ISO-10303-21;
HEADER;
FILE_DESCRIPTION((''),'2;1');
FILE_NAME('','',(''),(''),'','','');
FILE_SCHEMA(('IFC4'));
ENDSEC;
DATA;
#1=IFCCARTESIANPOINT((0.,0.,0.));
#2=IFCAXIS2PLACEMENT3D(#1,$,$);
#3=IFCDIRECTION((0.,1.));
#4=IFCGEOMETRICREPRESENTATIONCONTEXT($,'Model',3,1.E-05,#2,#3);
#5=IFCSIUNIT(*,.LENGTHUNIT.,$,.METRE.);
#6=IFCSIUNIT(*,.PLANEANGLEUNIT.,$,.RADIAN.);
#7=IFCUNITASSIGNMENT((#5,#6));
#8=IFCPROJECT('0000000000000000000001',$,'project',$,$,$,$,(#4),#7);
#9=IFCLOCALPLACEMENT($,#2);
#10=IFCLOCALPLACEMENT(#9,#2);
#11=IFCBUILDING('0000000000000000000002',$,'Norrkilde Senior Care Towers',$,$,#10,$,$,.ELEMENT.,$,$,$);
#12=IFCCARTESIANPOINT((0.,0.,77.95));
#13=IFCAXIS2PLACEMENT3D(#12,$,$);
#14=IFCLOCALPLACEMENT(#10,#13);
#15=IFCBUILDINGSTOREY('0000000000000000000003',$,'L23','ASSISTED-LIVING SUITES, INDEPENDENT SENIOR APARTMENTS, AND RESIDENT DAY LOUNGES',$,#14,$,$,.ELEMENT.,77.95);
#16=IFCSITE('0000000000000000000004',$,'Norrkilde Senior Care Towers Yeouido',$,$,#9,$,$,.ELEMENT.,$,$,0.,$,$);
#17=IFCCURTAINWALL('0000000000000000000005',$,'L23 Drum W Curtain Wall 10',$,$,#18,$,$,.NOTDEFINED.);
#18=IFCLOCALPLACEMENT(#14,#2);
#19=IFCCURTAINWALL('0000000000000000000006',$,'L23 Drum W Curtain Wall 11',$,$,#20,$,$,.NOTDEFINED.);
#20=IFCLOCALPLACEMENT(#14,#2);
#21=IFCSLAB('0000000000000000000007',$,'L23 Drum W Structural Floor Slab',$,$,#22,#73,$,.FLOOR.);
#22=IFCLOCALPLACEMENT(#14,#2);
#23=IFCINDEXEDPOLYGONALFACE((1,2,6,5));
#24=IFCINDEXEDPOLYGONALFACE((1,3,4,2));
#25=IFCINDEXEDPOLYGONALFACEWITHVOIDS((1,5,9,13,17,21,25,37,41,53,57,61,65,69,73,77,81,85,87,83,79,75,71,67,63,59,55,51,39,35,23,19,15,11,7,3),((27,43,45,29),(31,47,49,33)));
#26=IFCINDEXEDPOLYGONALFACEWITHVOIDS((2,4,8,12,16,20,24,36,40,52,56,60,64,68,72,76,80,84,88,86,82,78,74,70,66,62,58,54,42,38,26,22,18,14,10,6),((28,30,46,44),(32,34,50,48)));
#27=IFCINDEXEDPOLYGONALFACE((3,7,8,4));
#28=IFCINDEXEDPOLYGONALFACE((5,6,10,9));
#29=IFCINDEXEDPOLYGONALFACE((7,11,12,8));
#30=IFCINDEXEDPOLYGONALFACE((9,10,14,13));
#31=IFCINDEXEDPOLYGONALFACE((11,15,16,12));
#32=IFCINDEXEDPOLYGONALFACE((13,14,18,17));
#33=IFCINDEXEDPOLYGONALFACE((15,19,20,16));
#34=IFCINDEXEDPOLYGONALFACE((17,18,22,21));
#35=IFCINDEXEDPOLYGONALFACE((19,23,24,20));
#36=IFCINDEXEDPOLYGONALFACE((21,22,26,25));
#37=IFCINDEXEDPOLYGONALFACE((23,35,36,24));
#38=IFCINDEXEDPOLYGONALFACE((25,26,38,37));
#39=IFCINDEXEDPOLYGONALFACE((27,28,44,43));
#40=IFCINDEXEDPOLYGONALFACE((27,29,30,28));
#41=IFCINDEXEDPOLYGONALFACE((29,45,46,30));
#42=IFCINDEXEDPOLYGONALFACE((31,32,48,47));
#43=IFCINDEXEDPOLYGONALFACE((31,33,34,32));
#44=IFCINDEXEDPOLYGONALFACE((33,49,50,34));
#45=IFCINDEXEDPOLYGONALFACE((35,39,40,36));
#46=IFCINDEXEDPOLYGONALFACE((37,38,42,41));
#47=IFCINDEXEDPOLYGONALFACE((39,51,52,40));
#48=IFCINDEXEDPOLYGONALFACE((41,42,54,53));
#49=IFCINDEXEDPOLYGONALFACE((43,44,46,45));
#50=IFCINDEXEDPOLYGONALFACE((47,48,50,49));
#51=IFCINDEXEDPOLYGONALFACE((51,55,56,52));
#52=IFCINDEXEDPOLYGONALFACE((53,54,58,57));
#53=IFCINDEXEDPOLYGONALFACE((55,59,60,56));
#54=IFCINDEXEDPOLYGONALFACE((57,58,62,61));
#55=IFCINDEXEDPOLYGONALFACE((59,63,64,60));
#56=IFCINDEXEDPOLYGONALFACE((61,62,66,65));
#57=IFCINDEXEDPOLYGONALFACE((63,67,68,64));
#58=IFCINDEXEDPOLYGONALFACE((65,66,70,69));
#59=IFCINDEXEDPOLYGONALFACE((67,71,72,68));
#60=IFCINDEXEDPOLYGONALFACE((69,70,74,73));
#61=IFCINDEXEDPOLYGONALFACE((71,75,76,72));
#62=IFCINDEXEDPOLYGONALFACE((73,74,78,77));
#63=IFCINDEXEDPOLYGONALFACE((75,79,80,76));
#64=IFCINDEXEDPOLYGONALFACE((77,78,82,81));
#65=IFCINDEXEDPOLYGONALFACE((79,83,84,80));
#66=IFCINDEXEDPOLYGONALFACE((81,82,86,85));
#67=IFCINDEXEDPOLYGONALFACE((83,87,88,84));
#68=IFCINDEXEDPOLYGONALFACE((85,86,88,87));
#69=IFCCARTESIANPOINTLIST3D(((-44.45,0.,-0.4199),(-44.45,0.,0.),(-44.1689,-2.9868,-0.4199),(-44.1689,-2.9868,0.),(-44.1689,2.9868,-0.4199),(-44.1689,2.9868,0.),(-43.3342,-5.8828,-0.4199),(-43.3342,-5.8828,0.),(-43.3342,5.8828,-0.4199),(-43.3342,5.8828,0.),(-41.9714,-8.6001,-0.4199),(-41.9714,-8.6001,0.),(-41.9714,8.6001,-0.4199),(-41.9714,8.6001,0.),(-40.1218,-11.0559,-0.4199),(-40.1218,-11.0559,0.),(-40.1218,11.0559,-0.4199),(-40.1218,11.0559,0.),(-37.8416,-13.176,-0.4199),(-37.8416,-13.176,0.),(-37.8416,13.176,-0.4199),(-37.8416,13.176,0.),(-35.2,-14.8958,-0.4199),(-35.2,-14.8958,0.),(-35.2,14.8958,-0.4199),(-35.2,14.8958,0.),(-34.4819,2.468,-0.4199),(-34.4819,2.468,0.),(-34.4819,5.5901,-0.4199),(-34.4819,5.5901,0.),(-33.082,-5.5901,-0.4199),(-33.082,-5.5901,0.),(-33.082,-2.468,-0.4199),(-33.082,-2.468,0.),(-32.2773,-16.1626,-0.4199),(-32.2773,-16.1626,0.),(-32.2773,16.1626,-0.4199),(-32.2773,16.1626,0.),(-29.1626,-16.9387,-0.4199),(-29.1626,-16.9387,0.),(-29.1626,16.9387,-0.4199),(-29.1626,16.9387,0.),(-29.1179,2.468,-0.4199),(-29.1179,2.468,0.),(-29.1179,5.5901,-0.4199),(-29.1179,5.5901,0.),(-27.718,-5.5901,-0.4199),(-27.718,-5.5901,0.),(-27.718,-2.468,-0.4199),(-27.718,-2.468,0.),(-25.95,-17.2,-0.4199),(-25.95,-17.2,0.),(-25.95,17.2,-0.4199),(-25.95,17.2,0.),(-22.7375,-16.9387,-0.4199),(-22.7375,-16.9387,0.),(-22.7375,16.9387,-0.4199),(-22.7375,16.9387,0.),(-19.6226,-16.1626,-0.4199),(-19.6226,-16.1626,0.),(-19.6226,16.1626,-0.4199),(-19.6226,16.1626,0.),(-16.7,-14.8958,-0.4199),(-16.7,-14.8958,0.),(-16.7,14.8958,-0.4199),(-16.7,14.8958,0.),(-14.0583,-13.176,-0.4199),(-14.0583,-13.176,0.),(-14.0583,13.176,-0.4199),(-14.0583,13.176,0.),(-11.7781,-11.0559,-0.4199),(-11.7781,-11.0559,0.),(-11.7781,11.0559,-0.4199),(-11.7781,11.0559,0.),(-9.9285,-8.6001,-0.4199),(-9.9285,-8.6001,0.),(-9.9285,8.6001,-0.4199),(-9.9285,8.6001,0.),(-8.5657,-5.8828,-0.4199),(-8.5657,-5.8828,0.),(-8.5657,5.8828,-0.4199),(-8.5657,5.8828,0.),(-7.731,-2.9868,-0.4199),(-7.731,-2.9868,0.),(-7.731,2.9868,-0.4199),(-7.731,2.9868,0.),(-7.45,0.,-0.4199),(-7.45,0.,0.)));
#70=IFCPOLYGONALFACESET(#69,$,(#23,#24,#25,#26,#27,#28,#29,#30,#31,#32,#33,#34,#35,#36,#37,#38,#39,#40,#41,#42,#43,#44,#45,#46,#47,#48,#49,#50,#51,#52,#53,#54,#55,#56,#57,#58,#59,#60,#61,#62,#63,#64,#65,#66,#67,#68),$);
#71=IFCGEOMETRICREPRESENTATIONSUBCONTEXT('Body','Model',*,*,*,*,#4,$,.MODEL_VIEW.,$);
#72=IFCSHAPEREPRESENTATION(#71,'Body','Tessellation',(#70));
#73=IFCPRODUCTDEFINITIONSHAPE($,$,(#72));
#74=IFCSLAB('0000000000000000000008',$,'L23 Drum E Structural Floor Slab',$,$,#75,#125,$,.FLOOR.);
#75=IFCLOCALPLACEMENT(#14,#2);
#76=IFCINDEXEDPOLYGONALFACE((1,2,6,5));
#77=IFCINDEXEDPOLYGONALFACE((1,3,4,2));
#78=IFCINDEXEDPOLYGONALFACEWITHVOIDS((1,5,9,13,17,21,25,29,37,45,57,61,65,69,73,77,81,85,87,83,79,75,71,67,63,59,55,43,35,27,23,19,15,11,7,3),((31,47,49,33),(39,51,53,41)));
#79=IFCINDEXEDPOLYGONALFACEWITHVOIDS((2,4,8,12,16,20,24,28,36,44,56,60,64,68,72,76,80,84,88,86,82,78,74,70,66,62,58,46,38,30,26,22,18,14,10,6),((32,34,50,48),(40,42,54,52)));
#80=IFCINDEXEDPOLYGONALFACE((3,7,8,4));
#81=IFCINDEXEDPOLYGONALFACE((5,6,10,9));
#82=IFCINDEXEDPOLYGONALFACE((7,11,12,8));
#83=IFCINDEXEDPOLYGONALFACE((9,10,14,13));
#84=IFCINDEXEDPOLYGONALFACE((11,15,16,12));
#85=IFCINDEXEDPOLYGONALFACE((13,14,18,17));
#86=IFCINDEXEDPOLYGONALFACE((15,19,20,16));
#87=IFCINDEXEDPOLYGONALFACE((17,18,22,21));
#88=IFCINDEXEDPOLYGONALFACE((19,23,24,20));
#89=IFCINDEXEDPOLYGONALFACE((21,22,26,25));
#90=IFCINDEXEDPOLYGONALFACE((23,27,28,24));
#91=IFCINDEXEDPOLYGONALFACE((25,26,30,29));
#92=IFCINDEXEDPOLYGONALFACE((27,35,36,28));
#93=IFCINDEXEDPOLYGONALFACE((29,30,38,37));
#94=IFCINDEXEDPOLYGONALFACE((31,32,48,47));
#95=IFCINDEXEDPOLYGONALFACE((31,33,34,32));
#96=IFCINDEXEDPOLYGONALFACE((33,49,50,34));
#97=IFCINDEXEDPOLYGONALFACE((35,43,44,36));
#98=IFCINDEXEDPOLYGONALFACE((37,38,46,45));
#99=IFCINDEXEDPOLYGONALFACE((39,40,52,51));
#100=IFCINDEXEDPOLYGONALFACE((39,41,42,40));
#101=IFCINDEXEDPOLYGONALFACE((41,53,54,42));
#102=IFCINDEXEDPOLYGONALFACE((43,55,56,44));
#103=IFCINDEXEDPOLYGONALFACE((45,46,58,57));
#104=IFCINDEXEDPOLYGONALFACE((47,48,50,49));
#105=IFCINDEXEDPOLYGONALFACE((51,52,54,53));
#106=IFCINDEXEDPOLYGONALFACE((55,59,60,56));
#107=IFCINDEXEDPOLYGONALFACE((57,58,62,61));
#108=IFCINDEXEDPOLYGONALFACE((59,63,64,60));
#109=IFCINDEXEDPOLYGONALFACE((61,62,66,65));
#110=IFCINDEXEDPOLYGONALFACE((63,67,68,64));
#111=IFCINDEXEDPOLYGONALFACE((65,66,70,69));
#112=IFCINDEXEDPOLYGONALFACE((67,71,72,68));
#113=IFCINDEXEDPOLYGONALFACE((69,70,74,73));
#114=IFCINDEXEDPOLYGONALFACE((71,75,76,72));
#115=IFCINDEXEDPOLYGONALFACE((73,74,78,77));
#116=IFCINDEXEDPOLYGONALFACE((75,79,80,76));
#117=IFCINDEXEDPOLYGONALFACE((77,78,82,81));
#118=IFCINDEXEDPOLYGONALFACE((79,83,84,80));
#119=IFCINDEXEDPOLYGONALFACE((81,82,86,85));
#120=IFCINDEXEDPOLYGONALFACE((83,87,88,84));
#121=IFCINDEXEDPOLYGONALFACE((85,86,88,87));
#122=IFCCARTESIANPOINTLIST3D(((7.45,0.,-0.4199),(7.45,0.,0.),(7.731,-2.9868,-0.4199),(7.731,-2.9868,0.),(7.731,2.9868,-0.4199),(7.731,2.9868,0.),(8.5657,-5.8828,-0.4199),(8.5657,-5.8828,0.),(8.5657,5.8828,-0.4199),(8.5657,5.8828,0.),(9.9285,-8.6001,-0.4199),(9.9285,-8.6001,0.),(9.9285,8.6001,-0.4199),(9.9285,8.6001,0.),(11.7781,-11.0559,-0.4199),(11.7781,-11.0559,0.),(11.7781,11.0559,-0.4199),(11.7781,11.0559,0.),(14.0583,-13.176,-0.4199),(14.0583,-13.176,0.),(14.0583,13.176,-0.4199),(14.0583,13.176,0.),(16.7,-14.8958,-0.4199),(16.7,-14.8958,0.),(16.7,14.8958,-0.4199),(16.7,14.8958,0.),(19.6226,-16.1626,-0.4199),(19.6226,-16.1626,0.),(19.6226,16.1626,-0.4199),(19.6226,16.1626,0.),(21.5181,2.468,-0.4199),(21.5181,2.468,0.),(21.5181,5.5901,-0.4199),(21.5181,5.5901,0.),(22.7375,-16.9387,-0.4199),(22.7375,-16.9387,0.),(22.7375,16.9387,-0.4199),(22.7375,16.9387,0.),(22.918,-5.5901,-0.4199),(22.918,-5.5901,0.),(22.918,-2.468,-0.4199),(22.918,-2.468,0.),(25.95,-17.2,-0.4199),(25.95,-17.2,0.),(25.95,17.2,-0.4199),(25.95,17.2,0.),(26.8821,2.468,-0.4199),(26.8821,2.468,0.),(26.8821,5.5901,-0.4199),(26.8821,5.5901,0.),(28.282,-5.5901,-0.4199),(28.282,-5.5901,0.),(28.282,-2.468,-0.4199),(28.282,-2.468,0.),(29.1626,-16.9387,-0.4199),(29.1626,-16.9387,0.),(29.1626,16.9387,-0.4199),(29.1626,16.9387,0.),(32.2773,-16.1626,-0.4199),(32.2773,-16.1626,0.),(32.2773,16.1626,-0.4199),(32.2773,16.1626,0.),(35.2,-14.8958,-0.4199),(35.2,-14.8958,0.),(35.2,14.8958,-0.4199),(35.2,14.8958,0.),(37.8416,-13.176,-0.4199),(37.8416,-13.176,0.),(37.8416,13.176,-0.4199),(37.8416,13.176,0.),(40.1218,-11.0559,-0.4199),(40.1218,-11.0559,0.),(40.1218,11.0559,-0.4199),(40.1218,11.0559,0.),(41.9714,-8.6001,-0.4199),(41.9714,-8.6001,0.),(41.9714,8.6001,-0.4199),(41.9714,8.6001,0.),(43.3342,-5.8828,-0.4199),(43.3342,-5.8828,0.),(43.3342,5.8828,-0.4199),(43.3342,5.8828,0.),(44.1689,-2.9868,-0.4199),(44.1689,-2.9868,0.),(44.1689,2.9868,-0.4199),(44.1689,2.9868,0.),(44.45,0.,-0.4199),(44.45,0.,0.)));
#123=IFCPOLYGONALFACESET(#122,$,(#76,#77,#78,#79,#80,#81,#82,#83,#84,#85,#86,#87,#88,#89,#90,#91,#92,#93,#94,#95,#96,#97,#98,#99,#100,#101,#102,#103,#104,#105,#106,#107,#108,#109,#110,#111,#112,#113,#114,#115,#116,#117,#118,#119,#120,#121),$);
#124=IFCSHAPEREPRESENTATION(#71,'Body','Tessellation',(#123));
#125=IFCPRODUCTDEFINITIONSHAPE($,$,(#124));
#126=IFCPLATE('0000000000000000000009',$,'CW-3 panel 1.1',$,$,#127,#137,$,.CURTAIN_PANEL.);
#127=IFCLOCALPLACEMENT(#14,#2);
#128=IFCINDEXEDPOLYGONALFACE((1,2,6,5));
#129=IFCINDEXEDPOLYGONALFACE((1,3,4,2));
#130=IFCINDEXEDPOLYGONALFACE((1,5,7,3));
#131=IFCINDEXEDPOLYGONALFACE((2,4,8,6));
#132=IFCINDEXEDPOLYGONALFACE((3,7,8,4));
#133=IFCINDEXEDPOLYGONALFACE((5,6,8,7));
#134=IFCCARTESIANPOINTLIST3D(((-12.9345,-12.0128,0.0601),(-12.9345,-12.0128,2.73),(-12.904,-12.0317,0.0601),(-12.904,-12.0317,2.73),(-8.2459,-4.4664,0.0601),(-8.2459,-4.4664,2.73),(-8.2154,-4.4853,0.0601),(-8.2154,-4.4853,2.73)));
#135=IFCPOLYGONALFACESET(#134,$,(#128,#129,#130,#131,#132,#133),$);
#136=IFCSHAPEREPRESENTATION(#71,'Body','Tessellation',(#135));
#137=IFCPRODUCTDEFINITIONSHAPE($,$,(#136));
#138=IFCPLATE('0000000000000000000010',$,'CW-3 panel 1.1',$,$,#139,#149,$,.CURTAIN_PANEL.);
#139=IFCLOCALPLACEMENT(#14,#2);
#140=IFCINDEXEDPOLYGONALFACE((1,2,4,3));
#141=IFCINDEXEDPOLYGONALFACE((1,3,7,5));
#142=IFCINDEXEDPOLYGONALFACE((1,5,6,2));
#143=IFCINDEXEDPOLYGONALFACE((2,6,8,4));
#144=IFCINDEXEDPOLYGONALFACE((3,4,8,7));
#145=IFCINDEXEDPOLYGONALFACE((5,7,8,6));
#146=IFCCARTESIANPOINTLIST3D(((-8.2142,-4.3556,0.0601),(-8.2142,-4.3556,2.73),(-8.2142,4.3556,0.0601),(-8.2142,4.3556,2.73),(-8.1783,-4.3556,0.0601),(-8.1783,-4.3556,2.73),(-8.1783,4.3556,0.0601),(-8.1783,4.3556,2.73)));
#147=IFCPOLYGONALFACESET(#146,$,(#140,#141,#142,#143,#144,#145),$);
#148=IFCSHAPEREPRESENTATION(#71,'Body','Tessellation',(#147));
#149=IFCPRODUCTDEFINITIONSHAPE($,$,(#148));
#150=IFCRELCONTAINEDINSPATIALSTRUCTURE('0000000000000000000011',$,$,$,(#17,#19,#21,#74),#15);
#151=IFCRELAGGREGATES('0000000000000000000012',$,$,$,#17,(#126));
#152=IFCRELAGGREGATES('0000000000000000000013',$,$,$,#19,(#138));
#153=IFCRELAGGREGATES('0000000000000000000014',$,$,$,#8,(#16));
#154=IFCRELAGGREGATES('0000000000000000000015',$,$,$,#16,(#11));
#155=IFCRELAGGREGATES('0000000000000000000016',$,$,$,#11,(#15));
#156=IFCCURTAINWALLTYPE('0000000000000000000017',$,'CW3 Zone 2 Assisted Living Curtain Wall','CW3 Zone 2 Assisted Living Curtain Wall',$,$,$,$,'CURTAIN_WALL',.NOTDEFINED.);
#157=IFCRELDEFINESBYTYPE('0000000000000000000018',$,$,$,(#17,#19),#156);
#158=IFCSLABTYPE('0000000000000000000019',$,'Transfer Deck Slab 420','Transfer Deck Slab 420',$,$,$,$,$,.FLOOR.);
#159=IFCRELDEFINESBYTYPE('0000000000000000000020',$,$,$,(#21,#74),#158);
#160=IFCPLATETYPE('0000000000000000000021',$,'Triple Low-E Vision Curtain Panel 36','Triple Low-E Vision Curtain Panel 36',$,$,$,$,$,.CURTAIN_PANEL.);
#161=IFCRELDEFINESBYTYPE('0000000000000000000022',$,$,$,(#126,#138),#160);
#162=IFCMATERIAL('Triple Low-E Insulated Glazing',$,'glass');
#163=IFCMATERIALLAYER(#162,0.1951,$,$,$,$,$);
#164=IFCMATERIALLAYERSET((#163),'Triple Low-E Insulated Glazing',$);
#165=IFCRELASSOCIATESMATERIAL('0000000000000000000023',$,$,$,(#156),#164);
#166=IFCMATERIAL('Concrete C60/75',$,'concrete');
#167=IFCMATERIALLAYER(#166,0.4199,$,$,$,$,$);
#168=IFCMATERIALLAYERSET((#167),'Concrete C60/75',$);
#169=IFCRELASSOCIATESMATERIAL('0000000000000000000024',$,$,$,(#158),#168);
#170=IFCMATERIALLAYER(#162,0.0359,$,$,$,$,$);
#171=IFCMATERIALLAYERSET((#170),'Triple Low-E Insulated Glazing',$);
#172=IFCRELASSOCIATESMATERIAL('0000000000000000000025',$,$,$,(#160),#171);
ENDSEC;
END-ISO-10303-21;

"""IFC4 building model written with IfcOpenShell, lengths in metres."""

from ifc_helpers import new_model, si_unit, direction, frame, origin, origin_2d, place, context, subcontext, project, spatial, polyline, rectangle, outline, extrude, source, transform, mapped, material, layer, layer_set, type_object, type_shapes, element, aggregate, save


model = new_model("IFC4")

# Units and contexts
model_context = context("Model", 3, precision=1e-05, world=origin(), true_north=direction((0.0, 1.0)))
body_context = subcontext(model_context, "Body", "Model", "MODEL_VIEW")
ifc_project = project(units=[si_unit("LENGTHUNIT", "METRE"), si_unit("PLANEANGLEUNIT", "RADIAN")], contexts=[model_context])

# Site, building, storey
site_placement = place(None, origin())
site = spatial("IfcSite", under=ifc_project, at=site_placement, Name="Norrkilde Senior Care Towers Yeouido", CompositionType="ELEMENT", RefElevation=0.0)
building_placement = place(site_placement, origin())
building = spatial("IfcBuilding", under=site, at=building_placement, Name="Norrkilde Senior Care Towers", CompositionType="ELEMENT")
storey_placement = place(building_placement, frame((0.0, 0.0, 77.95)))
storey = spatial("IfcBuildingStorey", under=building, at=storey_placement, Name="L23", Description="ASSISTED-LIVING SUITES, INDEPENDENT SENIOR APARTMENTS, AND RESIDENT DAY LOUNGES", CompositionType="ELEMENT", Elevation=77.95)

# Shared definitions
ifc_material_1 = material(Name="Concrete C60/75", Category="concrete")

# Curtain wall
ifc_material_2 = material(Name="Triple Low-E Insulated Glazing", Category="glass")
ifc_layer_1 = layer(ifc_material_2, 0.1951)
ifc_layer_set_1 = layer_set([ifc_layer_1], Name="Triple Low-E Insulated Glazing")
curtain_wall_type = type_object("IfcCurtainWallType", Name="CW3 Zone 2 Assisted Living Curtain Wall", Description="CW3 Zone 2 Assisted Living Curtain Wall", ElementType="CURTAIN_WALL", PredefinedType="NOTDEFINED", material=ifc_layer_set_1)
curtain_wall_1_placement = place(storey_placement, origin())
curtain_wall_1 = element("IfcCurtainWall", 1, at=curtain_wall_1_placement, inside=storey, type_object=curtain_wall_type, Name="L23 Drum W Curtain Wall 10", PredefinedType="NOTDEFINED")

# Curtain wall
curtain_wall_2_placement = place(storey_placement, origin())
curtain_wall_2 = element("IfcCurtainWall", 2, at=curtain_wall_2_placement, inside=storey, type_object=curtain_wall_type, Name="L23 Drum W Curtain Wall 11", PredefinedType="NOTDEFINED")

# Slabs
ifc_layer_2 = layer(ifc_material_1, 0.4199)
ifc_layer_set_2 = layer_set([ifc_layer_2], Name="Concrete C60/75")
slab_type_1 = type_object("IfcSlabType", Name="Transfer Deck Slab 420", Description="Transfer Deck Slab 420", PredefinedType="FLOOR", material=ifc_layer_set_2)
slab_1_placement = place(storey_placement, frame((0.0, 0.0, -0.4199)))
element("IfcSlab", 3, at=slab_1_placement, inside=storey, type_object=slab_type_1, Name="L23 Drum W Structural Floor Slab", PredefinedType="FLOOR", context=body_context, shape_type="SweptSolid", body=[
    extrude(outline(polyline([(-8.5657, -5.8828), (-9.9285, -8.6001), (-11.7781, -11.0559), (-14.0583, -13.176), (-16.7, -14.8958), (-19.6226, -16.1626), (-22.7375, -16.9387), (-25.95, -17.2), (-29.1626, -16.9387), (-32.2773, -16.1626), (-35.2, -14.8958), (-37.8416, -13.176), (-40.1218, -11.0559), (-41.9714, -8.6001), (-43.3342, -5.8828), (-44.1689, -2.9868), (-44.45, 0.0), (-44.1689, 2.9868), (-43.3342, 5.8828), (-41.9714, 8.6001), (-40.1218, 11.0559), (-37.8416, 13.176), (-35.2, 14.8958), (-32.2773, 16.1626), (-29.1626, 16.9387), (-25.95, 17.2), (-22.7375, 16.9387), (-19.6226, 16.1626), (-16.7, 14.8958), (-14.0583, 13.176), (-11.7781, 11.0559), (-9.9285, 8.6001), (-8.5657, 5.8828), (-7.731, 2.9868), (-7.45, 0.0), (-7.731, -2.9868), (-8.5657, -5.8828)]), holes=[polyline([(-34.4819, 2.468), (-29.1179, 2.468), (-29.1179, 5.5901), (-34.4819, 5.5901), (-34.4819, 2.468)]), polyline([(-27.718, -5.5901), (-27.718, -2.468), (-33.082, -2.468), (-33.082, -5.5901), (-27.718, -5.5901)])]), origin(), (0.0, 0.0, 1.0), 0.4199),
])
slab_2_placement = place(storey_placement, frame((0.0, 0.0, -0.4199)))
element("IfcSlab", 4, at=slab_2_placement, inside=storey, type_object=slab_type_1, Name="L23 Drum E Structural Floor Slab", PredefinedType="FLOOR", context=body_context, shape_type="SweptSolid", body=[
    extrude(outline(polyline([(43.3342, -5.8828), (41.9714, -8.6001), (40.1218, -11.0559), (37.8416, -13.176), (35.2, -14.8958), (32.2773, -16.1626), (29.1626, -16.9387), (25.95, -17.2), (22.7375, -16.9387), (19.6226, -16.1626), (16.7, -14.8958), (14.0583, -13.176), (11.7781, -11.0559), (9.9285, -8.6001), (8.5657, -5.8828), (7.731, -2.9868), (7.45, 0.0), (7.731, 2.9868), (8.5657, 5.8828), (9.9285, 8.6001), (11.7781, 11.0559), (14.0583, 13.176), (16.7, 14.8958), (19.6226, 16.1626), (22.7375, 16.9387), (25.95, 17.2), (29.1626, 16.9387), (32.2773, 16.1626), (35.2, 14.8958), (37.8416, 13.176), (40.1218, 11.0559), (41.9714, 8.6001), (43.3342, 5.8828), (44.1689, 2.9868), (44.45, 0.0), (44.1689, -2.9868), (43.3342, -5.8828)]), holes=[polyline([(21.5181, 2.468), (26.8821, 2.468), (26.8821, 5.5901), (21.5181, 5.5901), (21.5181, 2.468)]), polyline([(28.282, -5.5901), (28.282, -2.468), (22.918, -2.468), (22.918, -5.5901), (28.282, -5.5901)])]), origin(), (0.0, 0.0, 1.0), 0.4199),
])

# Plates
ifc_layer_3 = layer(ifc_material_2, 0.0359)
ifc_layer_set_3 = layer_set([ifc_layer_3], Name="Triple Low-E Insulated Glazing")
plate_type = type_object("IfcPlateType", Name="Triple Low-E Vision Curtain Panel 36", Description="Triple Low-E Vision Curtain Panel 36", PredefinedType="CURTAIN_PANEL", material=ifc_layer_set_3)
shared_shape_1 = source(origin(), body_context, "Body", "SweptSolid", [
    extrude(rectangle(XDim=8.8843, YDim=0.0359, at=origin_2d()), origin(), (0.0, 0.0, 1.0), 2.6699),
])
plate_1_placement = place(storey_placement, frame((-10.575, -8.249, 0.0601), z_axis=(0.0, 0.0, 1.0), x_axis=(-0.527733, -0.84941, 0.0)))
plate_1 = element("IfcPlate", 5, at=plate_1_placement, type_object=plate_type, Name="CW-3 panel 1.1", PredefinedType="CURTAIN_PANEL", context=body_context, shape_type="MappedRepresentation", body=[
    mapped(shared_shape_1, transform((0.0, 0.0, 0.0), x_axis=(1.0, 0.0, 0.0), y_axis=(0.0, 1.0, 0.0), z_axis=(0.0, 0.0, 1.0), scale=1.0)),
])
aggregate(curtain_wall_1, [plate_1])
shared_shape_2 = source(origin(), body_context, "Body", "SweptSolid", [
    extrude(rectangle(XDim=8.7112, YDim=0.0359, at=origin_2d()), origin(), (0.0, 0.0, 1.0), 2.6699),
])
type_shapes(plate_type, [shared_shape_1, shared_shape_2])
plate_2_placement = place(storey_placement, frame((-8.1963, 0.0, 0.0601), z_axis=(0.0, 0.0, 1.0), x_axis=(0.0, -1.0, 0.0)))
plate_2 = element("IfcPlate", 6, at=plate_2_placement, type_object=plate_type, Name="CW-3 panel 1.1", PredefinedType="CURTAIN_PANEL", context=body_context, shape_type="MappedRepresentation", body=[
    mapped(shared_shape_2, transform((0.0, 0.0, 0.0), x_axis=(1.0, 0.0, 0.0), y_axis=(0.0, 1.0, 0.0), z_axis=(0.0, 0.0, 1.0), scale=1.0)),
])
aggregate(curtain_wall_2, [plate_2])

save(model, "model.ifc")
